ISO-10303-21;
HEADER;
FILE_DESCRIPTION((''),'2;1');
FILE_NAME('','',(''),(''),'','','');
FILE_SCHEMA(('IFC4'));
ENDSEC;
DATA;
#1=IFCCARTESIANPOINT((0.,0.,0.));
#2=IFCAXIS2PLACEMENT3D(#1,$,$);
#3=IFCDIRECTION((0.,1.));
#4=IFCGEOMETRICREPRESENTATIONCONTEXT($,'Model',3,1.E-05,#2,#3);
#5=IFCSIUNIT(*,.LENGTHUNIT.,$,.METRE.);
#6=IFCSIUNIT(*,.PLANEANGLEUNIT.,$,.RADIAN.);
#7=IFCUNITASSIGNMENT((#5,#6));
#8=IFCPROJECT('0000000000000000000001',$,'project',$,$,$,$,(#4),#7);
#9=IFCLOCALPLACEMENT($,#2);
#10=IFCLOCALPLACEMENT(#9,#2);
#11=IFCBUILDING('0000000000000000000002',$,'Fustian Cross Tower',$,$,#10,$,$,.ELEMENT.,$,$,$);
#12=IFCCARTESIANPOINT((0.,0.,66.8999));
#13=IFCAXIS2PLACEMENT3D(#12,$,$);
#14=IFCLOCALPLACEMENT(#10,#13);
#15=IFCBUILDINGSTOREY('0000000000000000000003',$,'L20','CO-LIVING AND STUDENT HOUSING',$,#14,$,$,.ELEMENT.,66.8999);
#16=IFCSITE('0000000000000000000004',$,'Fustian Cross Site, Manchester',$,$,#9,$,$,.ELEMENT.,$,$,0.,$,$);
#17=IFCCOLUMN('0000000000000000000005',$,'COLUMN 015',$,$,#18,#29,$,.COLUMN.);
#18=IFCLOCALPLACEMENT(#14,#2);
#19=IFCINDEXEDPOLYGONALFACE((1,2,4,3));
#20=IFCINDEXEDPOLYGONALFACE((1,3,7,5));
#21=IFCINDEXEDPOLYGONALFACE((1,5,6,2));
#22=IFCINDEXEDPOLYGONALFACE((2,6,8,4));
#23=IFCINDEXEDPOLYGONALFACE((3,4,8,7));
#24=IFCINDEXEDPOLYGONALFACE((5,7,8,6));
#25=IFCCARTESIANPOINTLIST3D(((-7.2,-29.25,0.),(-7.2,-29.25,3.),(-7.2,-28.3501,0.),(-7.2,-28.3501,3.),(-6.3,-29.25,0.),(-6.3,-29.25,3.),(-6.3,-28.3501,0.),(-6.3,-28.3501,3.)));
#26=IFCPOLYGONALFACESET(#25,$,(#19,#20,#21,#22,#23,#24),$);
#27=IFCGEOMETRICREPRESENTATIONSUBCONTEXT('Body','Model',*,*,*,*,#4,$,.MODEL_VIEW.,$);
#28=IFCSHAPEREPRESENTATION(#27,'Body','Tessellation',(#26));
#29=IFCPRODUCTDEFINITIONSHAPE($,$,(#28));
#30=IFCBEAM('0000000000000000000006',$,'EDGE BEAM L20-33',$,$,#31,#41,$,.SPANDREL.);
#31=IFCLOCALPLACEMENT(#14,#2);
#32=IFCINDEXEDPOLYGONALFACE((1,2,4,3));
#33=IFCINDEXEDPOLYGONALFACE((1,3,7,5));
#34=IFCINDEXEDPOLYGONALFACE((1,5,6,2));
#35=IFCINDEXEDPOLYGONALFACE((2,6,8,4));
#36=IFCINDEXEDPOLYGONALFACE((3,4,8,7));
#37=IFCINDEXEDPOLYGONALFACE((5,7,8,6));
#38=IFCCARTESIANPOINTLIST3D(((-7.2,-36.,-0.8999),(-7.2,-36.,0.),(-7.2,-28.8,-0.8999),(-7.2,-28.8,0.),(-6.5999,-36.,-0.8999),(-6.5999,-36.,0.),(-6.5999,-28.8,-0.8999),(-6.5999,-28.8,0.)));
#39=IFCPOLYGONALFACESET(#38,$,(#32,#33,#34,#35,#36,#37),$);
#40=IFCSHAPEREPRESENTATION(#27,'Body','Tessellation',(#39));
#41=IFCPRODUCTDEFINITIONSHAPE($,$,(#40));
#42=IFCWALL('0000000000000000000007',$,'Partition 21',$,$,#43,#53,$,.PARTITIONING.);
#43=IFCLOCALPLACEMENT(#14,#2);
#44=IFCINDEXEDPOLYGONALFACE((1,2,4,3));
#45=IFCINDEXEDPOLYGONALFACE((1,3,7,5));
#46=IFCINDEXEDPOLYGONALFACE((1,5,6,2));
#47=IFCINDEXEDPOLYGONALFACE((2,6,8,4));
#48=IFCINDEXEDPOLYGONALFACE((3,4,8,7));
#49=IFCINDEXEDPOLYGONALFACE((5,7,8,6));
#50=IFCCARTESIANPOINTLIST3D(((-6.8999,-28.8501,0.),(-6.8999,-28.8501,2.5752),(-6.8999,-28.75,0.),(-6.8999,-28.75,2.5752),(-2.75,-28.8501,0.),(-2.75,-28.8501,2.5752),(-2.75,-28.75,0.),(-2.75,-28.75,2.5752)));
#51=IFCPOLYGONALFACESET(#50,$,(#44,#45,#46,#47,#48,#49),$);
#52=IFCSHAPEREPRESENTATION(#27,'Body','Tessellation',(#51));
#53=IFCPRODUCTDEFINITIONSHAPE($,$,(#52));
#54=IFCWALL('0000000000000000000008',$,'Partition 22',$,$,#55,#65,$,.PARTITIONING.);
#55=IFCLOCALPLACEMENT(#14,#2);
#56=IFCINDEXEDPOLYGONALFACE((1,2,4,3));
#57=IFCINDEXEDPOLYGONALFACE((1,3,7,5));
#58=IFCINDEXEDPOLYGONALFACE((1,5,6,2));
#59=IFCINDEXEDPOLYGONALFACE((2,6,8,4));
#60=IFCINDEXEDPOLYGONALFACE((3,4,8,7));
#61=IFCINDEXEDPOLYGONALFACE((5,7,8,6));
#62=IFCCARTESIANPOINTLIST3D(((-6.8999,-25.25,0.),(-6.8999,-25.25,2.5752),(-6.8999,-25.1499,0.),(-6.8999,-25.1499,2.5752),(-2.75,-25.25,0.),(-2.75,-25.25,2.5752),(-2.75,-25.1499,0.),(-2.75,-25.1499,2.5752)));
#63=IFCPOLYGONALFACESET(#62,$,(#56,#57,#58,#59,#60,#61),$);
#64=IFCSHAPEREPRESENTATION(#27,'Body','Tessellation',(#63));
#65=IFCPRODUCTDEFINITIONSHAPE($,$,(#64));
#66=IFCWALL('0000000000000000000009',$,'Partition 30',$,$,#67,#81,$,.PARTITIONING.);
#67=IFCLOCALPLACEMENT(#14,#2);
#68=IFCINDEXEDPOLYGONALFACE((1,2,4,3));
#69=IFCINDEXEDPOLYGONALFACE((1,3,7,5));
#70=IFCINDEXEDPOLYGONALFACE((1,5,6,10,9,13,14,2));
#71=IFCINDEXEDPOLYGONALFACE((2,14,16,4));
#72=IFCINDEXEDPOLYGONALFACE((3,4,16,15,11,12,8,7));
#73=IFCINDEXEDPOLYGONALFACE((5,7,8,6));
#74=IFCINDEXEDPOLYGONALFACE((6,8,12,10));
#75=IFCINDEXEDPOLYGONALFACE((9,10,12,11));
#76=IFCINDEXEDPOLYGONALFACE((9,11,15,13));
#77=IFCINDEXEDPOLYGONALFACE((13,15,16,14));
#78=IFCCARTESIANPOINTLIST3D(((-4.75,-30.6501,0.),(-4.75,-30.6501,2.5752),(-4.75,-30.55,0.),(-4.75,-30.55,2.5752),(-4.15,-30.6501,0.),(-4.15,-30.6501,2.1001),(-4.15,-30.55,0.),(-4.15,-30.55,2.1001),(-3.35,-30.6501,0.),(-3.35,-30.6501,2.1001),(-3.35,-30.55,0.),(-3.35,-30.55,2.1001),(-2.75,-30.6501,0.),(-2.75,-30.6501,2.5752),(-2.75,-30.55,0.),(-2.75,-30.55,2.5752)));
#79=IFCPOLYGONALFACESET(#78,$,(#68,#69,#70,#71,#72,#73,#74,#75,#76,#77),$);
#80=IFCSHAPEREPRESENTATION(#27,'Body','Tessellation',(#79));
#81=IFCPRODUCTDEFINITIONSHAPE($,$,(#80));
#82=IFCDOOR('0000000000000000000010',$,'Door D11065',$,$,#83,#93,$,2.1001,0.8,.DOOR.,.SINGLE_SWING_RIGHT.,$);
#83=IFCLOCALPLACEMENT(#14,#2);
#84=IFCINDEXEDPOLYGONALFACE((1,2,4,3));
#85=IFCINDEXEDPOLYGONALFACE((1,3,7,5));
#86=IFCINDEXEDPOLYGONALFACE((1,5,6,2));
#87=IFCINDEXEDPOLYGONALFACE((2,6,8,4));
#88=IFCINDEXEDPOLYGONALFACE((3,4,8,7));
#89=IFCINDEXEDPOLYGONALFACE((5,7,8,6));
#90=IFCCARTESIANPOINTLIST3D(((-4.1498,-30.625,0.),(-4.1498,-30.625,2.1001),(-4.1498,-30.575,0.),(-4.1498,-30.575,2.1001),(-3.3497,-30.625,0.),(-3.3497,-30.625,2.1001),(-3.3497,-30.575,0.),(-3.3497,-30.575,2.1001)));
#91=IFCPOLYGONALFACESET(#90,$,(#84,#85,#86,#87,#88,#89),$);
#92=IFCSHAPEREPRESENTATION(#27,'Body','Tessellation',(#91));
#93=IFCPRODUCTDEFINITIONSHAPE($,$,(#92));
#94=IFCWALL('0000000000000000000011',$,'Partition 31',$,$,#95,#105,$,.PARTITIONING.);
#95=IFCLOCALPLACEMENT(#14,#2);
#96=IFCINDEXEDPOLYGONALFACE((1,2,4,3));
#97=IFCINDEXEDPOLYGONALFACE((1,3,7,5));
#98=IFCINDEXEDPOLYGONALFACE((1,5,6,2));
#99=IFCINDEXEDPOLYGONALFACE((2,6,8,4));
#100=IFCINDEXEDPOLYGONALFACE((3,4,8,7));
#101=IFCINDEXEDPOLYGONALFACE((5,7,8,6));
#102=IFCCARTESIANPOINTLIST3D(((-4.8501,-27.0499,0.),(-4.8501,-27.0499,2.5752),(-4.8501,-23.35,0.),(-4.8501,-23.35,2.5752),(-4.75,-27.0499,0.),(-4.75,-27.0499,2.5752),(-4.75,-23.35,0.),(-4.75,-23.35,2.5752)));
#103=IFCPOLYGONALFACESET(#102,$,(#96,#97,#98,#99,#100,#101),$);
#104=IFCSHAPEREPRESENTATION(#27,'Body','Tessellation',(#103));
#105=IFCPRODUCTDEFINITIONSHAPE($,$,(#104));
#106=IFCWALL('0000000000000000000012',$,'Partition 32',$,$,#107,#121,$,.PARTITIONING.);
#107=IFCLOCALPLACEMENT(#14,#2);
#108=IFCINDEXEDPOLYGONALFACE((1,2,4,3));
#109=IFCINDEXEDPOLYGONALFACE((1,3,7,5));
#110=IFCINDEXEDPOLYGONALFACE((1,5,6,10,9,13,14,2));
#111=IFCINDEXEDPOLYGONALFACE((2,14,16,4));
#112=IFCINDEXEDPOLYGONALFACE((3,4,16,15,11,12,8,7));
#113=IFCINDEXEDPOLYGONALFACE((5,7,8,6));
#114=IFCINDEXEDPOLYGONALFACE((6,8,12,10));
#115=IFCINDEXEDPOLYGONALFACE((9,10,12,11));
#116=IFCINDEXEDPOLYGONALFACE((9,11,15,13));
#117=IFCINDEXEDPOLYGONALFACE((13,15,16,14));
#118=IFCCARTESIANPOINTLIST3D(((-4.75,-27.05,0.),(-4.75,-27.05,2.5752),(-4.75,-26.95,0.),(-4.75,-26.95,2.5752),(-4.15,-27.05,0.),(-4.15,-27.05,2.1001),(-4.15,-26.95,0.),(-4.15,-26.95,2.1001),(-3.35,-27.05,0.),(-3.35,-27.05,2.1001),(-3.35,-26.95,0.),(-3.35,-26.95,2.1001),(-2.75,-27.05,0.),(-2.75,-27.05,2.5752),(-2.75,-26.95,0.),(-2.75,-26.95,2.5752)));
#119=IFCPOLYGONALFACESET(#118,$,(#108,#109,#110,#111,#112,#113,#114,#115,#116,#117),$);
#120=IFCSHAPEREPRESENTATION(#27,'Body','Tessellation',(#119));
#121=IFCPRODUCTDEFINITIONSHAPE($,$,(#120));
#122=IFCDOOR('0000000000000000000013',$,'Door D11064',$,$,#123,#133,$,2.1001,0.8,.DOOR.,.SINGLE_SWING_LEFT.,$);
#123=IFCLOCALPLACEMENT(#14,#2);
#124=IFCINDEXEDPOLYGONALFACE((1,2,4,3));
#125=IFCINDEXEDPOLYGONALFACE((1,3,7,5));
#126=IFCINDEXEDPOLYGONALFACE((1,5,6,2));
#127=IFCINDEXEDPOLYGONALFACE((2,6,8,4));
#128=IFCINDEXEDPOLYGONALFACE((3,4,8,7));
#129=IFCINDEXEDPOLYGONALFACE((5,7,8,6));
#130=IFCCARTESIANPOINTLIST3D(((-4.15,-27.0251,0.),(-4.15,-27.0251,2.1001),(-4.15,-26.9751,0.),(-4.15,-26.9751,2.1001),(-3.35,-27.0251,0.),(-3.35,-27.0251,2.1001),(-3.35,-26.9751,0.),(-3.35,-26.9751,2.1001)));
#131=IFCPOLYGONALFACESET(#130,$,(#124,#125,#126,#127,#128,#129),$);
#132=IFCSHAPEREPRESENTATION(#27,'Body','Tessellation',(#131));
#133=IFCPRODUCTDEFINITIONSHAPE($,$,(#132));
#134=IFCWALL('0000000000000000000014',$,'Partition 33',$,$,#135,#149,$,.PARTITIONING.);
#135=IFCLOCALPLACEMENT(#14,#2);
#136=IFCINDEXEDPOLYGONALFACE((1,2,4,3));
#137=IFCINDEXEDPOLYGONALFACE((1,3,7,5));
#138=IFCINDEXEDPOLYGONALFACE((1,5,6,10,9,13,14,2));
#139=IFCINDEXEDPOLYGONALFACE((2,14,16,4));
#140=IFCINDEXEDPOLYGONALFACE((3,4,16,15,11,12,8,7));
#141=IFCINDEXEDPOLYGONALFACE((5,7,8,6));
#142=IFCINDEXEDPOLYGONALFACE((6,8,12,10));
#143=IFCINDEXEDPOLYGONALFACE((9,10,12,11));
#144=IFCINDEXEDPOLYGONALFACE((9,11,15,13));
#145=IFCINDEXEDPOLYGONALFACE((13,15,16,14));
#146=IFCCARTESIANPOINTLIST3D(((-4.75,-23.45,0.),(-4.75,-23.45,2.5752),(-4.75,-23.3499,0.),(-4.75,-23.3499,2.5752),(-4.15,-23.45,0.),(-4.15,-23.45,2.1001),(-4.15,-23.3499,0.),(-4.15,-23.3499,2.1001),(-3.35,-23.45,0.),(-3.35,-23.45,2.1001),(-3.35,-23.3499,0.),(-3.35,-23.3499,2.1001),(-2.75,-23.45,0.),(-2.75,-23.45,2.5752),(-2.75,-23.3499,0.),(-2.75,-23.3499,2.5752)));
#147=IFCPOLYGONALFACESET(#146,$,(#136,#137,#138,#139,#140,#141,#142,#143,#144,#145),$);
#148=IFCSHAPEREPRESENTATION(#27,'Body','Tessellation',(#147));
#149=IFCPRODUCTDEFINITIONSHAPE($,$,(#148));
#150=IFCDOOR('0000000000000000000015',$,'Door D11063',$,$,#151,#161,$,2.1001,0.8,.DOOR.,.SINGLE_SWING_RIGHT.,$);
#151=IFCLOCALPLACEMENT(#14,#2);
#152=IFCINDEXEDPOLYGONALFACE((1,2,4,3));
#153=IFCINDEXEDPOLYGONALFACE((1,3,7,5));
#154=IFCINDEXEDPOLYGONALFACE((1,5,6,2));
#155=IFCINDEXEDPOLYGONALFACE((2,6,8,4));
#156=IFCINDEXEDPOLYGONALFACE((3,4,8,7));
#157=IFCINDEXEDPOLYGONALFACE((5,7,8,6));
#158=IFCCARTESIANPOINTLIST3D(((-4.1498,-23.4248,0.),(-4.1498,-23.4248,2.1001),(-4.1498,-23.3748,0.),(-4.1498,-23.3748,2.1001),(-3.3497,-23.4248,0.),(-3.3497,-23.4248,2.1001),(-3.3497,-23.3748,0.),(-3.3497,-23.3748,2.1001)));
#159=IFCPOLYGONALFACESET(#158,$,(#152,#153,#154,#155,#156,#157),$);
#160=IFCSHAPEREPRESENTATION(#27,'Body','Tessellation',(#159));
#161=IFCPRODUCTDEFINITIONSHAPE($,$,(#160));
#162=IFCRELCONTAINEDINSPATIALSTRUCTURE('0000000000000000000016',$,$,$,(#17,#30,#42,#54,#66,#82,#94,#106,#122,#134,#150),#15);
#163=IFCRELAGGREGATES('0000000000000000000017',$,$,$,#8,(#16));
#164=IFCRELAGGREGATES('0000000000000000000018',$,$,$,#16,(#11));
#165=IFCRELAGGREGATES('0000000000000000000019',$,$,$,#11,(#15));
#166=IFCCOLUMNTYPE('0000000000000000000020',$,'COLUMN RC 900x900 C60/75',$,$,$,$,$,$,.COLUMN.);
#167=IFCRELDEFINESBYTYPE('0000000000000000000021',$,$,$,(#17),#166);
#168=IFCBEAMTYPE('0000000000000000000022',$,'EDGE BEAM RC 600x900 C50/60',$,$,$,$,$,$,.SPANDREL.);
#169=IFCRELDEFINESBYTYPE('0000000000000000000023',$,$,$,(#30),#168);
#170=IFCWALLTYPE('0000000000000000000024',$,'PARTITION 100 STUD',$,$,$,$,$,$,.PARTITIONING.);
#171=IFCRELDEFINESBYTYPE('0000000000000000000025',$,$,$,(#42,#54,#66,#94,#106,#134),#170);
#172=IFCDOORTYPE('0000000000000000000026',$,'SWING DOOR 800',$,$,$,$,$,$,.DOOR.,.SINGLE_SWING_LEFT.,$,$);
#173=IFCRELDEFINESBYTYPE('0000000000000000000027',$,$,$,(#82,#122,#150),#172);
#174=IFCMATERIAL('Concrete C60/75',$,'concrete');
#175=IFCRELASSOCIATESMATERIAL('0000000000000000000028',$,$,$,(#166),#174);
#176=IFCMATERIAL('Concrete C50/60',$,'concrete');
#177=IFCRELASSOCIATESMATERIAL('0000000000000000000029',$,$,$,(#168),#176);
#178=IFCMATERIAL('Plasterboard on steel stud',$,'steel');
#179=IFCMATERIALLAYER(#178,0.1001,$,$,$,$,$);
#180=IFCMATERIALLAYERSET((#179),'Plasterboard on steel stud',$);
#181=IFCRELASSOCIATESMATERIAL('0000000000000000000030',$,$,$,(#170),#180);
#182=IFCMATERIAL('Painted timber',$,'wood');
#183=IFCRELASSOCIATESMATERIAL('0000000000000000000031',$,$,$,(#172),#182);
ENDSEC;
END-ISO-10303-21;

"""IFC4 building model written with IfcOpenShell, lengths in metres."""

from ifc_helpers import new_model, si_unit, direction, frame, frame_2d, origin, origin_2d, place, context, subcontext, project, spatial, rectangle, extrude, material, layer, layer_set, material_profile, profile_set, type_object, element, fill, save


model = new_model("IFC4")

# Units and contexts
model_context = context("Model", 3, precision=1e-05, world=origin(), true_north=direction((0.0, 1.0)))
body_context = subcontext(model_context, "Body", "Model", "MODEL_VIEW")
ifc_project = project(units=[si_unit("LENGTHUNIT", "METRE"), si_unit("PLANEANGLEUNIT", "RADIAN")], contexts=[model_context])

# Site, building, storey
site_placement = place(None, origin())
site = spatial("IfcSite", under=ifc_project, at=site_placement, Name="Fustian Cross Site, Manchester", CompositionType="ELEMENT", RefElevation=0.0)
building_placement = place(site_placement, origin())
building = spatial("IfcBuilding", under=site, at=building_placement, Name="Fustian Cross Tower", CompositionType="ELEMENT")
storey_placement = place(building_placement, frame((0.0, 0.0, 66.8999)))
storey = spatial("IfcBuildingStorey", under=building, at=storey_placement, Name="L20", Description="CO-LIVING AND STUDENT HOUSING", CompositionType="ELEMENT", Elevation=66.8999)

# Column
ifc_material_1 = material(Name="Concrete C60/75", Category="concrete")
ifc_material_profile_1 = material_profile(ifc_material_1, rectangle(XDim=0.8999, YDim=0.8999, at=origin_2d()), Name="RC 900x900")
ifc_profile_set_1 = profile_set([ifc_material_profile_1], Name="Concrete C60/75")
column_type = type_object("IfcColumnType", Name="COLUMN RC 900x900 C60/75", PredefinedType="COLUMN", material=ifc_profile_set_1)
column_placement = place(storey_placement, frame((-6.75, -28.8, 0.0), z_axis=(0.0, 0.0, 1.0), x_axis=(1.0, 0.0, 0.0)))
element("IfcColumn", 1, at=column_placement, inside=storey, type_object=column_type, Name="COLUMN 015", PredefinedType="COLUMN", context=body_context, shape_type="SweptSolid", body=[
    extrude(rectangle(XDim=0.8999, YDim=0.8999, at=origin_2d()), origin(), (0.0, 0.0, 1.0), 3.0),
])

# Beam
ifc_material_2 = material(Name="Concrete C50/60", Category="concrete")
ifc_material_profile_2 = material_profile(ifc_material_2, rectangle(XDim=0.6001, YDim=0.8999, at=origin_2d()), Name="RC 600x900")
ifc_profile_set_2 = profile_set([ifc_material_profile_2], Name="Concrete C50/60")
beam_type = type_object("IfcBeamType", Name="EDGE BEAM RC 600x900 C50/60", PredefinedType="SPANDREL", material=ifc_profile_set_2)
beam_placement = place(storey_placement, frame((-6.8999, -28.8, -0.45), z_axis=(0.0, -1.0, 0.0), x_axis=(1.0, 0.0, 0.0)))
element("IfcBeam", 2, at=beam_placement, inside=storey, type_object=beam_type, Name="EDGE BEAM L20-33", PredefinedType="SPANDREL", context=body_context, shape_type="SweptSolid", body=[
    extrude(rectangle(XDim=0.6001, YDim=0.8999, at=origin_2d()), origin(), (0.0, 0.0, 1.0), 7.2),
])

# Walls
ifc_material_3 = material(Name="Plasterboard on steel stud", Category="steel")
ifc_layer_1 = layer(ifc_material_3, 0.1001)
ifc_layer_set_1 = layer_set([ifc_layer_1], Name="Plasterboard on steel stud")
wall_type_1 = type_object("IfcWallType", Name="PARTITION 100 STUD", PredefinedType="PARTITIONING", material=ifc_layer_set_1)
for number, where, z_axis, x_axis, name in (
    (3, (-6.8999, -28.8, 0.0), (0.0, 0.0, 1.0), (1.0, 0.0, 0.0), "Partition 21"),
    (4, (-6.8999, -25.2, 0.0), (0.0, 0.0, 1.0), (1.0, 0.0, 0.0), "Partition 22"),
):
    element("IfcWall", number, at=place(storey_placement, frame(where, z_axis=z_axis, x_axis=x_axis)), inside=storey, type_object=wall_type_1, Name=name, PredefinedType="PARTITIONING", context=body_context, shape_type="SweptSolid", body=[
        extrude(rectangle(XDim=4.1499, YDim=0.1001, at=frame_2d((2.075, 0.0))), origin(), (0.0, 0.0, 1.0), 2.5752),
    ])

# Wall, opening, door
wall_1_placement = place(storey_placement, frame((-4.75, -30.6001, 0.0), z_axis=(0.0, 0.0, 1.0), x_axis=(1.0, 0.0, 0.0)))
wall_1 = element("IfcWall", 5, at=wall_1_placement, inside=storey, type_object=wall_type_1, Name="Partition 30", PredefinedType="PARTITIONING", context=body_context, shape_type="SweptSolid", body=[
    extrude(rectangle(XDim=2.0, YDim=0.1001, at=frame_2d((1.0, 0.0))), origin(), (0.0, 0.0, 1.0), 2.5752),
])
opening_1_placement = place(wall_1_placement, frame((0.6001, 0.0, 0.0)))
opening_1 = element("IfcOpeningElement", 6, at=opening_1_placement, cuts=wall_1, PredefinedType="OPENING", context=body_context, shape_type="SweptSolid", body=[
    extrude(rectangle(XDim=0.8, YDim=2.1001, at=frame_2d((0.3999, 1.05))), frame((0.0, 0.0601, 0.0), z_axis=(0.0, -1.0, 0.0), x_axis=(1.0, 0.0, 0.0)), (0.0, 0.0, 1.0), 0.1201),
])
ifc_material_4 = material(Name="Painted timber", Category="wood")
door_type = type_object("IfcDoorType", Name="SWING DOOR 800", OperationType="SINGLE_SWING_LEFT", PredefinedType="DOOR", material=ifc_material_4)
door_1_placement = place(opening_1_placement, frame((0.8, 0.0, 0.0), z_axis=(0.0, 0.0, 1.0), x_axis=(-1.0, 0.0, 0.0)))
door_1 = element("IfcDoor", 7, at=door_1_placement, inside=storey, type_object=door_type, Name="Door D11065", OperationType="SINGLE_SWING_RIGHT", OverallHeight=2.1001, OverallWidth=0.8, PredefinedType="DOOR", context=body_context, shape_type="SweptSolid", body=[
    extrude(rectangle(XDim=0.8, YDim=2.1001, at=frame_2d((0.3999, 1.05))), frame((0.0, 0.0249, 0.0), z_axis=(0.0, -1.0, 0.0), x_axis=(1.0, 0.0, 0.0)), (0.0, 0.0, 1.0), 0.05),
])
fill(opening_1, door_1)

# Wall
wall_2_placement = place(storey_placement, frame((-4.8, -27.05, 0.0), z_axis=(0.0, 0.0, 1.0), x_axis=(0.0, 1.0, 0.0)))
element("IfcWall", 8, at=wall_2_placement, inside=storey, type_object=wall_type_1, Name="Partition 31", PredefinedType="PARTITIONING", context=body_context, shape_type="SweptSolid", body=[
    extrude(rectangle(XDim=3.7, YDim=0.1001, at=frame_2d((1.8501, 0.0))), origin(), (0.0, 0.0, 1.0), 2.5752),
])

# Walls, openings, doors
wall_3_placement = place(storey_placement, frame((-4.75, -27.0, 0.0), z_axis=(0.0, 0.0, 1.0), x_axis=(1.0, 0.0, 0.0)))
wall_3 = element("IfcWall", 9, at=wall_3_placement, inside=storey, type_object=wall_type_1, Name="Partition 32", PredefinedType="PARTITIONING", context=body_context, shape_type="SweptSolid", body=[
    extrude(rectangle(XDim=2.0, YDim=0.1001, at=frame_2d((1.0, 0.0))), origin(), (0.0, 0.0, 1.0), 2.5752),
])
opening_2_placement = place(wall_3_placement, frame((0.6001, 0.0, 0.0)))
opening_2 = element("IfcOpeningElement", 10, at=opening_2_placement, cuts=wall_3, PredefinedType="OPENING", context=body_context, shape_type="SweptSolid", body=[
    extrude(rectangle(XDim=0.8, YDim=2.1001, at=frame_2d((0.3999, 1.05))), frame((0.0, 0.0601, 0.0), z_axis=(0.0, -1.0, 0.0), x_axis=(1.0, 0.0, 0.0)), (0.0, 0.0, 1.0), 0.1201),
])
door_2_placement = place(opening_2_placement, origin())
door_2 = element("IfcDoor", 11, at=door_2_placement, inside=storey, type_object=door_type, Name="Door D11064", OperationType="SINGLE_SWING_LEFT", OverallHeight=2.1001, OverallWidth=0.8, PredefinedType="DOOR", context=body_context, shape_type="SweptSolid", body=[
    extrude(rectangle(XDim=0.8, YDim=2.1001, at=frame_2d((0.3999, 1.05))), frame((0.0, 0.0249, 0.0), z_axis=(0.0, -1.0, 0.0), x_axis=(1.0, 0.0, 0.0)), (0.0, 0.0, 1.0), 0.05),
])
fill(opening_2, door_2)
wall_4_placement = place(storey_placement, frame((-4.75, -23.3999, 0.0), z_axis=(0.0, 0.0, 1.0), x_axis=(1.0, 0.0, 0.0)))
wall_4 = element("IfcWall", 12, at=wall_4_placement, inside=storey, type_object=wall_type_1, Name="Partition 33", PredefinedType="PARTITIONING", context=body_context, shape_type="SweptSolid", body=[
    extrude(rectangle(XDim=2.0, YDim=0.1001, at=frame_2d((1.0, 0.0))), origin(), (0.0, 0.0, 1.0), 2.5752),
])
opening_3_placement = place(wall_4_placement, frame((0.6001, 0.0, 0.0)))
opening_3 = element("IfcOpeningElement", 13, at=opening_3_placement, cuts=wall_4, PredefinedType="OPENING", context=body_context, shape_type="SweptSolid", body=[
    extrude(rectangle(XDim=0.8, YDim=2.1001, at=frame_2d((0.3999, 1.05))), frame((0.0, 0.0601, 0.0), z_axis=(0.0, -1.0, 0.0), x_axis=(1.0, 0.0, 0.0)), (0.0, 0.0, 1.0), 0.1201),
])
door_3_placement = place(opening_3_placement, frame((0.8, 0.0, 0.0), z_axis=(0.0, 0.0, 1.0), x_axis=(-1.0, 0.0, 0.0)))
door_3 = element("IfcDoor", 14, at=door_3_placement, inside=storey, type_object=door_type, Name="Door D11063", OperationType="SINGLE_SWING_RIGHT", OverallHeight=2.1001, OverallWidth=0.8, PredefinedType="DOOR", context=body_context, shape_type="SweptSolid", body=[
    extrude(rectangle(XDim=0.8, YDim=2.1001, at=frame_2d((0.3999, 1.05))), frame((0.0, 0.0249, 0.0), z_axis=(0.0, -1.0, 0.0), x_axis=(1.0, 0.0, 0.0)), (0.0, 0.0, 1.0), 0.05),
])
fill(opening_3, door_3)

save(model, "model.ifc")
